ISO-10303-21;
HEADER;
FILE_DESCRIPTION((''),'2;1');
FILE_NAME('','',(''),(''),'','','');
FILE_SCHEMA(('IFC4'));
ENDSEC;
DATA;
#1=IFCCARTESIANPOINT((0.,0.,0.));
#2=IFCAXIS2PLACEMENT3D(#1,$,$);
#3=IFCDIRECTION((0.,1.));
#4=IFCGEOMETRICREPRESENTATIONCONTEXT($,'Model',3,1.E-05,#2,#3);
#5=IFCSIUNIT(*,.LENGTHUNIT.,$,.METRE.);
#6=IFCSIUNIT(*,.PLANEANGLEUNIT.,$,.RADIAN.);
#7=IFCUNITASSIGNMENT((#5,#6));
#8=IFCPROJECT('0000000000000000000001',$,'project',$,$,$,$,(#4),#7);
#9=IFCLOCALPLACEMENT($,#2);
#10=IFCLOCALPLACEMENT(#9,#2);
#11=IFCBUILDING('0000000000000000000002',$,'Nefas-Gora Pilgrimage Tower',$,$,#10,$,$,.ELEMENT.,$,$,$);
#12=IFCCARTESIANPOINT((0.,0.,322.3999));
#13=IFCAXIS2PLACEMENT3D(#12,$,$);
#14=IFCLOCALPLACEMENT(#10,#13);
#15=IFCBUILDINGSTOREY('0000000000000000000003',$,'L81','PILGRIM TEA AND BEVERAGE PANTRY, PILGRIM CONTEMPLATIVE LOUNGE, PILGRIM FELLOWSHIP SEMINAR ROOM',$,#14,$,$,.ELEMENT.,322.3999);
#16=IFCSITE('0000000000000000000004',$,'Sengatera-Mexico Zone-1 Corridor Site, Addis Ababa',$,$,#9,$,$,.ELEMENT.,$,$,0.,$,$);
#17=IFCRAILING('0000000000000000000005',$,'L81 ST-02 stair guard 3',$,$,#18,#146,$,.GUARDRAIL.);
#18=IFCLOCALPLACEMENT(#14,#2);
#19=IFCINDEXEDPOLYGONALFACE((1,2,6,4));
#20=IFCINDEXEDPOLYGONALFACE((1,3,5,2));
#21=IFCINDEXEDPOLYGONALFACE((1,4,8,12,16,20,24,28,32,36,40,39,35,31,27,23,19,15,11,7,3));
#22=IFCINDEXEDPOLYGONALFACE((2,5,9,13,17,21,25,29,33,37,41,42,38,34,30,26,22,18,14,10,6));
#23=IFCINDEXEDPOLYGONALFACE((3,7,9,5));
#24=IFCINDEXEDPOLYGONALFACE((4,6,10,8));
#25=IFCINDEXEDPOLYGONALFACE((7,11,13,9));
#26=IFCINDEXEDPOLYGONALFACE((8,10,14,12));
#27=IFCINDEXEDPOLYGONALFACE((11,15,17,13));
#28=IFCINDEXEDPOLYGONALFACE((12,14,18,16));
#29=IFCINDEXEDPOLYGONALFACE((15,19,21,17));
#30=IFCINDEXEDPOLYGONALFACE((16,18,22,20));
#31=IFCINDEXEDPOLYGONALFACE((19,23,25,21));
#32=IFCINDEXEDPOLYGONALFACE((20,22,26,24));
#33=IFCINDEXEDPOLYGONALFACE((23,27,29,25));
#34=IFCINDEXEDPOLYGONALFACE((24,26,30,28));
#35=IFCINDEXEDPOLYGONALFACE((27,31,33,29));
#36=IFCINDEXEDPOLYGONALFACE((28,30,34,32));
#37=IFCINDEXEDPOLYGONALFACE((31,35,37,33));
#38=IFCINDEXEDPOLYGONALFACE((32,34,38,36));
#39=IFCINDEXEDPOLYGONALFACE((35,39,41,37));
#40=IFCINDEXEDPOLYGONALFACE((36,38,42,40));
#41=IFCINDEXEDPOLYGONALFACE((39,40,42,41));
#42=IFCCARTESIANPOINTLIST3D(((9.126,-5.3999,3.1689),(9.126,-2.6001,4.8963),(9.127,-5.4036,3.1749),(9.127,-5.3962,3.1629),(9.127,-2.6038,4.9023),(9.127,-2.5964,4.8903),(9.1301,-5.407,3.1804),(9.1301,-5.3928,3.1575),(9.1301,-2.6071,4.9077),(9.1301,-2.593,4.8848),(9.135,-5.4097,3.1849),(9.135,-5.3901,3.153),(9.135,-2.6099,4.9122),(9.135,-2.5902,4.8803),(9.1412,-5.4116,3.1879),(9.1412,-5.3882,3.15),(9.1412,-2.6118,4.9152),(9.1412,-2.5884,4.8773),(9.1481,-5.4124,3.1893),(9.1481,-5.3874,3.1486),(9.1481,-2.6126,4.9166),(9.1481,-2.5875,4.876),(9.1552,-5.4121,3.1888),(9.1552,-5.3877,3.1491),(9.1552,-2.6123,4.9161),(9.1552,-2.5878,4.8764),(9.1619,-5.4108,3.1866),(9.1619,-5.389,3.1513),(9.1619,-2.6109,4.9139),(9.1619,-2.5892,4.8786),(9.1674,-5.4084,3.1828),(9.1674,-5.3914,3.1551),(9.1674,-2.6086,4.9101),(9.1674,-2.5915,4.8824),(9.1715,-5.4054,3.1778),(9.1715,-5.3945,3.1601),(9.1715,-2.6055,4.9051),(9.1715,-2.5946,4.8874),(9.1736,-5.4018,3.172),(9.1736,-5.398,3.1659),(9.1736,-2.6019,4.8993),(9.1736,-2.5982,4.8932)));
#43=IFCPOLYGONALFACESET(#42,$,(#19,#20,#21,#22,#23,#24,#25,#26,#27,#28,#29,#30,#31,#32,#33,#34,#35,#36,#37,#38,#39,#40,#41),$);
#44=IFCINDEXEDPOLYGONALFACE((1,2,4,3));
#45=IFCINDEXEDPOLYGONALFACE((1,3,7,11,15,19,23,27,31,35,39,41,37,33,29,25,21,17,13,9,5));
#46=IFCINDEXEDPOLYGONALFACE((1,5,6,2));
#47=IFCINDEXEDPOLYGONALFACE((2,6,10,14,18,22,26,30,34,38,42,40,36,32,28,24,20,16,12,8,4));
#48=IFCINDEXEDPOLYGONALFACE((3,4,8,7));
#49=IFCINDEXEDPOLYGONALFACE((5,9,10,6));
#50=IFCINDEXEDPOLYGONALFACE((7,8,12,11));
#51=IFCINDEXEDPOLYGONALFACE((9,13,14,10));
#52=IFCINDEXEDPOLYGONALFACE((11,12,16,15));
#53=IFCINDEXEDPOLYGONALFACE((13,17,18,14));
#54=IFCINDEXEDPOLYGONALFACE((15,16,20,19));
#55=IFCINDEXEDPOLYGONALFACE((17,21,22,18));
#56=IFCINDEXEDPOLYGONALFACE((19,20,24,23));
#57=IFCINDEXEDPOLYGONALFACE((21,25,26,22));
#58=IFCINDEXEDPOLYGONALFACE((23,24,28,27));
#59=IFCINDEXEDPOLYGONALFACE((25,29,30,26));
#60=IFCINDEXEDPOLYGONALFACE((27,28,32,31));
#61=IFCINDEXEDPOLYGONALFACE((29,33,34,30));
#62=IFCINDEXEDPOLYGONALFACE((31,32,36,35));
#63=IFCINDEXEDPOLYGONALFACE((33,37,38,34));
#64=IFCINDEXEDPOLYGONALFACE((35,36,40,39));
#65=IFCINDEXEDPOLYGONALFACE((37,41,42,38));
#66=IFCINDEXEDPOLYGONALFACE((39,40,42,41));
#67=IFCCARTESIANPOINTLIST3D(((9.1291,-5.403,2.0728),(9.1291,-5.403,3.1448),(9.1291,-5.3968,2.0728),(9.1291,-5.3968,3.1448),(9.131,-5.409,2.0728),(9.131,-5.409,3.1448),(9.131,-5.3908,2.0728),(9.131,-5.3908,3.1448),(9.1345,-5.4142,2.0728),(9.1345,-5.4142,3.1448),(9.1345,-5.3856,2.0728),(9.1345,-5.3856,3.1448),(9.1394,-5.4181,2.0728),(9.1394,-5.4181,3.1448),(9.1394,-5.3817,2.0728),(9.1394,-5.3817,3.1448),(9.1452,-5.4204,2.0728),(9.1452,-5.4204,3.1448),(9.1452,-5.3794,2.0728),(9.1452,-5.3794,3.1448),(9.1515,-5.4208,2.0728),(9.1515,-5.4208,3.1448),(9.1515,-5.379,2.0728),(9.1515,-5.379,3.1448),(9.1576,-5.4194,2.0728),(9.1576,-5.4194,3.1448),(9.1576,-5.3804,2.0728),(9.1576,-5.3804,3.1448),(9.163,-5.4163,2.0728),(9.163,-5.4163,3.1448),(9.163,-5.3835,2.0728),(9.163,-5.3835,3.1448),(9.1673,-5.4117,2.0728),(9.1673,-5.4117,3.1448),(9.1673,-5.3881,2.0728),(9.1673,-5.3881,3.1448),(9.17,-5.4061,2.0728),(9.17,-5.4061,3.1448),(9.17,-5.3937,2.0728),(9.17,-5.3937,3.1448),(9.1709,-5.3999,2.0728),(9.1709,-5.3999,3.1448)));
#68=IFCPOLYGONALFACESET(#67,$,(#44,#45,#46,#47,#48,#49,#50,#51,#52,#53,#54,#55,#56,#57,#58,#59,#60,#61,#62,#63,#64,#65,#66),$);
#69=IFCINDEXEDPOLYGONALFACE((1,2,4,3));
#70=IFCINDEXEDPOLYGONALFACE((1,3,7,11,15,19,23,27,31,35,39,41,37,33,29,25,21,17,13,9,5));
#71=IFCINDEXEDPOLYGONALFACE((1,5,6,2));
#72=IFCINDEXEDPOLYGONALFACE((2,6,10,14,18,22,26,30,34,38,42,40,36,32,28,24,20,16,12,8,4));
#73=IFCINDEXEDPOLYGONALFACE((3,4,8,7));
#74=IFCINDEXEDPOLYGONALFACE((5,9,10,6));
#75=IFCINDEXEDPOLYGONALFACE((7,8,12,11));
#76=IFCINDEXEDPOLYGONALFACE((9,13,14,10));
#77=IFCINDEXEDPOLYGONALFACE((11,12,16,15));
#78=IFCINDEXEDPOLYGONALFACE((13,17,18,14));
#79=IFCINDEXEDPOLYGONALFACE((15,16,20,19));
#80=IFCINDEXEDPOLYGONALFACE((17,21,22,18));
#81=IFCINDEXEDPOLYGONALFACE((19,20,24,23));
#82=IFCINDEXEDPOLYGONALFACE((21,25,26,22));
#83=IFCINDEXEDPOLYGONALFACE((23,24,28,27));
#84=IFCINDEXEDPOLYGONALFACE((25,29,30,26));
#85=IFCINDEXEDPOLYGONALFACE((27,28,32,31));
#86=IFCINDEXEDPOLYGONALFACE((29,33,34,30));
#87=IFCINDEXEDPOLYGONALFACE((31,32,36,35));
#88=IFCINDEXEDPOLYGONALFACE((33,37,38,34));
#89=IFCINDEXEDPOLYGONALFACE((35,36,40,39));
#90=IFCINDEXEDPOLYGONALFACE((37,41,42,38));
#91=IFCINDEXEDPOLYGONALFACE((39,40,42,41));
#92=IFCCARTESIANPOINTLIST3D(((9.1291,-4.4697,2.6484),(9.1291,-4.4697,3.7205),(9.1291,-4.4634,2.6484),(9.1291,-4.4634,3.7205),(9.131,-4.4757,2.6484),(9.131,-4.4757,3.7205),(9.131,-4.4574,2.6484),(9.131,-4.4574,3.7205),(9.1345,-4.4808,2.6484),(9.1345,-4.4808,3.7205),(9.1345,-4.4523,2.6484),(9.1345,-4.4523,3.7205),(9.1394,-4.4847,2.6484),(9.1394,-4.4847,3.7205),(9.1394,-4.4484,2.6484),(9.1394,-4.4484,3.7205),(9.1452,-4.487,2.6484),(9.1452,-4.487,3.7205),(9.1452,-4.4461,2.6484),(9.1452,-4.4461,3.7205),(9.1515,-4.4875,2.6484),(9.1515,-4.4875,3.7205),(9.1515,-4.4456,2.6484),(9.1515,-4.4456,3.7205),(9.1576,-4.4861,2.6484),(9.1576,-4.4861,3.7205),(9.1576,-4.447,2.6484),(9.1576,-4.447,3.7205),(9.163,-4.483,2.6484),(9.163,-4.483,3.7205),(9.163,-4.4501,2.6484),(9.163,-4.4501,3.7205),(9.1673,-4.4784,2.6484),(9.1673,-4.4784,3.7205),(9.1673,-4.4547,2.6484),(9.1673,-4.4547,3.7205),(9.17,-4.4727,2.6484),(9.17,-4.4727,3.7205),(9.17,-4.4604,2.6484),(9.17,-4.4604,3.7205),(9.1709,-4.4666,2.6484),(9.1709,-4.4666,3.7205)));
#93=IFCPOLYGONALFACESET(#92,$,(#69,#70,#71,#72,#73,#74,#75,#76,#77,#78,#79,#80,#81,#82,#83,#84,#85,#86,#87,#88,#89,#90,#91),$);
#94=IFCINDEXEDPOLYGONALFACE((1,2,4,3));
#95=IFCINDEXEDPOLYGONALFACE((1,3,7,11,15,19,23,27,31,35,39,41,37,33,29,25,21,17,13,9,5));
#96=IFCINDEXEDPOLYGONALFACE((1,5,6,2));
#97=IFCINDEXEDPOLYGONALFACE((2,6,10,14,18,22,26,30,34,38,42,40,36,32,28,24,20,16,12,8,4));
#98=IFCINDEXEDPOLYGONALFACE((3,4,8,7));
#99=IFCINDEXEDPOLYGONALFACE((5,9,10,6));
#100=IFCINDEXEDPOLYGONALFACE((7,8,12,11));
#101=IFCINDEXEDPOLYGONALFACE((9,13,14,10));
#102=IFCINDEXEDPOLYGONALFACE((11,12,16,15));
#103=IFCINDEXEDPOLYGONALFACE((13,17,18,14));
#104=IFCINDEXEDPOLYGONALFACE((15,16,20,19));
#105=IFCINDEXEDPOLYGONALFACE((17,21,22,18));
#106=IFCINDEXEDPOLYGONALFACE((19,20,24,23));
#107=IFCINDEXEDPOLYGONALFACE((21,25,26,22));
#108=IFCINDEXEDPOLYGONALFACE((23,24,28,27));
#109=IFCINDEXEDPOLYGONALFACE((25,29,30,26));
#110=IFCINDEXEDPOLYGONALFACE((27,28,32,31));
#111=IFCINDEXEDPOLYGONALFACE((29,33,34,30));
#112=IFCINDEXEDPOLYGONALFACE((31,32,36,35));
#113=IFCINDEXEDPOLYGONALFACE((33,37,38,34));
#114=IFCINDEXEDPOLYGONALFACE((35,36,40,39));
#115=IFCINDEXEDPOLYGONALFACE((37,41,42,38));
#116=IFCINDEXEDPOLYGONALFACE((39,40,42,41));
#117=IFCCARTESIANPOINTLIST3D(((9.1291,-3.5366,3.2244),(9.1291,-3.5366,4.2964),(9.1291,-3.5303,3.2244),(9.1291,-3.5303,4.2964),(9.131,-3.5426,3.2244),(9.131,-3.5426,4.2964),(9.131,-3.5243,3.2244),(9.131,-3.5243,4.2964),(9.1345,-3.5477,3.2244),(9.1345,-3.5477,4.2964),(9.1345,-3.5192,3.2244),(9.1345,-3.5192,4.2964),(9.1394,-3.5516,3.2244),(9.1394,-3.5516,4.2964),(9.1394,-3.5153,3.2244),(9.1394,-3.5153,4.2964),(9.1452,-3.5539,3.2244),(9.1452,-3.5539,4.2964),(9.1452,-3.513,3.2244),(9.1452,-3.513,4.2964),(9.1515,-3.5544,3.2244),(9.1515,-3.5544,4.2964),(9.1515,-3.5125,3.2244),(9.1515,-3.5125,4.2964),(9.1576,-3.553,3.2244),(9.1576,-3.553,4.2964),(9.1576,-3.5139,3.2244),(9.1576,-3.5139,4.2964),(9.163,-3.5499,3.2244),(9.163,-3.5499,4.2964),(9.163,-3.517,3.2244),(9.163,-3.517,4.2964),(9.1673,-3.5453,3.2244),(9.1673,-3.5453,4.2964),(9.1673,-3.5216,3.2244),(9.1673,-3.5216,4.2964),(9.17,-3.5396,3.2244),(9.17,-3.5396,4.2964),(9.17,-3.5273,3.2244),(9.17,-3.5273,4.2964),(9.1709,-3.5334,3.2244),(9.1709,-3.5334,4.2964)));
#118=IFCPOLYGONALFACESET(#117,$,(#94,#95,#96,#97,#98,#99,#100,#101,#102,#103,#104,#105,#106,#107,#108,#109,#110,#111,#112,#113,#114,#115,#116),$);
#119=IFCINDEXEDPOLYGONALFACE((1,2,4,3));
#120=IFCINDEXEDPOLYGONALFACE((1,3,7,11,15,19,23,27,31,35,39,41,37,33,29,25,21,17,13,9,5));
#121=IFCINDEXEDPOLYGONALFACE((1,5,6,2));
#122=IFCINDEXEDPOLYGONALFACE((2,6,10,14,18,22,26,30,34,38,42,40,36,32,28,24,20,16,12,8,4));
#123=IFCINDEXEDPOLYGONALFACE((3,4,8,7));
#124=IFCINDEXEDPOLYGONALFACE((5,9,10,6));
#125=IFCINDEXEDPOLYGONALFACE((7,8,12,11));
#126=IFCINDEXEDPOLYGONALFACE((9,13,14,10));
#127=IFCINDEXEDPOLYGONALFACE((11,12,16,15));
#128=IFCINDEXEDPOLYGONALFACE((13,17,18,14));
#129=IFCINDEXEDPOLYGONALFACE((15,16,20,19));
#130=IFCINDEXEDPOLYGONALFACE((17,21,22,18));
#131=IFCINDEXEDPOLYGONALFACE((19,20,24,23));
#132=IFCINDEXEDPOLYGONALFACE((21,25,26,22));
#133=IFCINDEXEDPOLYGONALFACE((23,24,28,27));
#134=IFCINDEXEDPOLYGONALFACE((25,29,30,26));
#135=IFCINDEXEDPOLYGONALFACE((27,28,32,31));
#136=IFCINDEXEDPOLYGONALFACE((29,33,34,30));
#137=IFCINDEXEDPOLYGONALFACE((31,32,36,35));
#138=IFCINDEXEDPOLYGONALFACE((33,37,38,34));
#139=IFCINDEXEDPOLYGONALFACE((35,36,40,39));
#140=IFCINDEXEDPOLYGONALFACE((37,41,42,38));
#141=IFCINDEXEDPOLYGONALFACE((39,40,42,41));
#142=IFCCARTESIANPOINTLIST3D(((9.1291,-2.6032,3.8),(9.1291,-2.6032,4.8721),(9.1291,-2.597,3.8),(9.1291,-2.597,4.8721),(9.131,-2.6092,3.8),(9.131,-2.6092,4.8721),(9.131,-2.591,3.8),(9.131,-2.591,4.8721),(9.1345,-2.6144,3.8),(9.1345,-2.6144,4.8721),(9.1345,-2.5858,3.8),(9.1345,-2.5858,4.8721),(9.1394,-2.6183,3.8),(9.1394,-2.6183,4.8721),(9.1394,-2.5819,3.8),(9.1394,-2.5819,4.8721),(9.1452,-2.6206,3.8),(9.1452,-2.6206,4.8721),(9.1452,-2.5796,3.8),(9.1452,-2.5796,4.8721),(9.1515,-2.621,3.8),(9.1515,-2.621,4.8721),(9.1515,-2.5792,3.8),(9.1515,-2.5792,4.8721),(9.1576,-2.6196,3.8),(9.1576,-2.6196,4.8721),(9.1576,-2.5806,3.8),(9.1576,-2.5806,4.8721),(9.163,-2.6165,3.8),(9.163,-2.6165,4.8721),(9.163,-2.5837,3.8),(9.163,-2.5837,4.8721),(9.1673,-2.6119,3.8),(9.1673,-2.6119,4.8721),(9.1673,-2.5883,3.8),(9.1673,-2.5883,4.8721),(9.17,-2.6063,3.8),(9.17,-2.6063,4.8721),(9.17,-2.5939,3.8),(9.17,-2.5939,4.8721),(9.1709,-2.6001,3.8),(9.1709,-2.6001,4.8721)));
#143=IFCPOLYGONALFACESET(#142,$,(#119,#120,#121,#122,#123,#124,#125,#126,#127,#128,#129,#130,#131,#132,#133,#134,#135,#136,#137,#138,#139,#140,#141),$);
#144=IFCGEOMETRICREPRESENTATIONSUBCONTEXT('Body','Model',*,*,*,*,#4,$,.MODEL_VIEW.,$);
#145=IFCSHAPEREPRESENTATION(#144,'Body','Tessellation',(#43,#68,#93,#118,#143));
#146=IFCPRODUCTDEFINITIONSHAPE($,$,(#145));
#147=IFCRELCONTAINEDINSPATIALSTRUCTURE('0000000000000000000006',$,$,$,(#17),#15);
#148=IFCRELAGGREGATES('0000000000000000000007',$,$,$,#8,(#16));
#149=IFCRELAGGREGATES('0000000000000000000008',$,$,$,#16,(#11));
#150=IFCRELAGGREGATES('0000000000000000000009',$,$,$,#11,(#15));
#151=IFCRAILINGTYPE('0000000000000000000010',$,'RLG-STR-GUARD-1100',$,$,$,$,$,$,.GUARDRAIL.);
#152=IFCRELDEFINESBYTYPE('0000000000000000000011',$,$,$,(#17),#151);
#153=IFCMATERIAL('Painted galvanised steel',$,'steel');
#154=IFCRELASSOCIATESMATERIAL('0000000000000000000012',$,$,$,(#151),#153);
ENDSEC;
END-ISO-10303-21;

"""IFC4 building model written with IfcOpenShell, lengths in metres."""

from ifc_helpers import new_model, si_unit, direction, frame, origin, origin_2d, place, context, subcontext, project, spatial, circle, extrude, material, type_object, element, save


model = new_model("IFC4")

# Units and contexts
model_context = context("Model", 3, precision=1e-05, world=origin(), true_north=direction((0.0, 1.0)))
body_context = subcontext(model_context, "Body", "Model", "MODEL_VIEW")
ifc_project = project(units=[si_unit("LENGTHUNIT", "METRE"), si_unit("PLANEANGLEUNIT", "RADIAN")], contexts=[model_context])

# Site, building, storey
site_placement = place(None, origin())
site = spatial("IfcSite", under=ifc_project, at=site_placement, Name="Sengatera-Mexico Zone-1 Corridor Site, Addis Ababa", CompositionType="ELEMENT", RefElevation=0.0)
building_placement = place(site_placement, origin())
building = spatial("IfcBuilding", under=site, at=building_placement, Name="Nefas-Gora Pilgrimage Tower", CompositionType="ELEMENT")
storey_placement = place(building_placement, frame((0.0, 0.0, 322.3999)))
storey = spatial("IfcBuildingStorey", under=building, at=storey_placement, Name="L81", Description="PILGRIM TEA AND BEVERAGE PANTRY, PILGRIM CONTEMPLATIVE LOUNGE, PILGRIM FELLOWSHIP SEMINAR ROOM", CompositionType="ELEMENT", Elevation=322.3999)

# Railing
ifc_material_1 = material(Name="Painted galvanised steel", Category="steel")
railing_type_1 = type_object("IfcRailingType", Name="RLG-STR-GUARD-1100", PredefinedType="GUARDRAIL", material=ifc_material_1)
railing_1_placement = place(storey_placement, frame((9.1499, -5.3999, 2.0728)))
element("IfcRailing", 1, at=railing_1_placement, inside=storey, type_object=railing_type_1, Name="L81 ST-02 stair guard 3", PredefinedType="GUARDRAIL", context=body_context, shape_type="SweptSolid", body=[
    extrude(circle(Radius=0.0239, at=origin_2d()), frame((0.0, 0.0, 1.0962), z_axis=(0.0, 0.851069, 0.525054), x_axis=(-1.0, 0.0, 0.0)), (0.0, 0.0, 1.0), 3.2898),
    extrude(circle(Radius=0.021, at=origin_2d()), origin(), (0.0, 0.0, 1.0), 1.072),
    extrude(circle(Radius=0.021, at=origin_2d()), frame((0.0, 0.9333, 0.5757)), (0.0, 0.0, 1.0), 1.072),
    extrude(circle(Radius=0.021, at=origin_2d()), frame((0.0, 1.8665, 1.1516)), (0.0, 0.0, 1.0), 1.072),
    extrude(circle(Radius=0.021, at=origin_2d()), frame((0.0, 2.7998, 1.7273)), (0.0, 0.0, 1.0), 1.072),
])

save(model, "model.ifc")
